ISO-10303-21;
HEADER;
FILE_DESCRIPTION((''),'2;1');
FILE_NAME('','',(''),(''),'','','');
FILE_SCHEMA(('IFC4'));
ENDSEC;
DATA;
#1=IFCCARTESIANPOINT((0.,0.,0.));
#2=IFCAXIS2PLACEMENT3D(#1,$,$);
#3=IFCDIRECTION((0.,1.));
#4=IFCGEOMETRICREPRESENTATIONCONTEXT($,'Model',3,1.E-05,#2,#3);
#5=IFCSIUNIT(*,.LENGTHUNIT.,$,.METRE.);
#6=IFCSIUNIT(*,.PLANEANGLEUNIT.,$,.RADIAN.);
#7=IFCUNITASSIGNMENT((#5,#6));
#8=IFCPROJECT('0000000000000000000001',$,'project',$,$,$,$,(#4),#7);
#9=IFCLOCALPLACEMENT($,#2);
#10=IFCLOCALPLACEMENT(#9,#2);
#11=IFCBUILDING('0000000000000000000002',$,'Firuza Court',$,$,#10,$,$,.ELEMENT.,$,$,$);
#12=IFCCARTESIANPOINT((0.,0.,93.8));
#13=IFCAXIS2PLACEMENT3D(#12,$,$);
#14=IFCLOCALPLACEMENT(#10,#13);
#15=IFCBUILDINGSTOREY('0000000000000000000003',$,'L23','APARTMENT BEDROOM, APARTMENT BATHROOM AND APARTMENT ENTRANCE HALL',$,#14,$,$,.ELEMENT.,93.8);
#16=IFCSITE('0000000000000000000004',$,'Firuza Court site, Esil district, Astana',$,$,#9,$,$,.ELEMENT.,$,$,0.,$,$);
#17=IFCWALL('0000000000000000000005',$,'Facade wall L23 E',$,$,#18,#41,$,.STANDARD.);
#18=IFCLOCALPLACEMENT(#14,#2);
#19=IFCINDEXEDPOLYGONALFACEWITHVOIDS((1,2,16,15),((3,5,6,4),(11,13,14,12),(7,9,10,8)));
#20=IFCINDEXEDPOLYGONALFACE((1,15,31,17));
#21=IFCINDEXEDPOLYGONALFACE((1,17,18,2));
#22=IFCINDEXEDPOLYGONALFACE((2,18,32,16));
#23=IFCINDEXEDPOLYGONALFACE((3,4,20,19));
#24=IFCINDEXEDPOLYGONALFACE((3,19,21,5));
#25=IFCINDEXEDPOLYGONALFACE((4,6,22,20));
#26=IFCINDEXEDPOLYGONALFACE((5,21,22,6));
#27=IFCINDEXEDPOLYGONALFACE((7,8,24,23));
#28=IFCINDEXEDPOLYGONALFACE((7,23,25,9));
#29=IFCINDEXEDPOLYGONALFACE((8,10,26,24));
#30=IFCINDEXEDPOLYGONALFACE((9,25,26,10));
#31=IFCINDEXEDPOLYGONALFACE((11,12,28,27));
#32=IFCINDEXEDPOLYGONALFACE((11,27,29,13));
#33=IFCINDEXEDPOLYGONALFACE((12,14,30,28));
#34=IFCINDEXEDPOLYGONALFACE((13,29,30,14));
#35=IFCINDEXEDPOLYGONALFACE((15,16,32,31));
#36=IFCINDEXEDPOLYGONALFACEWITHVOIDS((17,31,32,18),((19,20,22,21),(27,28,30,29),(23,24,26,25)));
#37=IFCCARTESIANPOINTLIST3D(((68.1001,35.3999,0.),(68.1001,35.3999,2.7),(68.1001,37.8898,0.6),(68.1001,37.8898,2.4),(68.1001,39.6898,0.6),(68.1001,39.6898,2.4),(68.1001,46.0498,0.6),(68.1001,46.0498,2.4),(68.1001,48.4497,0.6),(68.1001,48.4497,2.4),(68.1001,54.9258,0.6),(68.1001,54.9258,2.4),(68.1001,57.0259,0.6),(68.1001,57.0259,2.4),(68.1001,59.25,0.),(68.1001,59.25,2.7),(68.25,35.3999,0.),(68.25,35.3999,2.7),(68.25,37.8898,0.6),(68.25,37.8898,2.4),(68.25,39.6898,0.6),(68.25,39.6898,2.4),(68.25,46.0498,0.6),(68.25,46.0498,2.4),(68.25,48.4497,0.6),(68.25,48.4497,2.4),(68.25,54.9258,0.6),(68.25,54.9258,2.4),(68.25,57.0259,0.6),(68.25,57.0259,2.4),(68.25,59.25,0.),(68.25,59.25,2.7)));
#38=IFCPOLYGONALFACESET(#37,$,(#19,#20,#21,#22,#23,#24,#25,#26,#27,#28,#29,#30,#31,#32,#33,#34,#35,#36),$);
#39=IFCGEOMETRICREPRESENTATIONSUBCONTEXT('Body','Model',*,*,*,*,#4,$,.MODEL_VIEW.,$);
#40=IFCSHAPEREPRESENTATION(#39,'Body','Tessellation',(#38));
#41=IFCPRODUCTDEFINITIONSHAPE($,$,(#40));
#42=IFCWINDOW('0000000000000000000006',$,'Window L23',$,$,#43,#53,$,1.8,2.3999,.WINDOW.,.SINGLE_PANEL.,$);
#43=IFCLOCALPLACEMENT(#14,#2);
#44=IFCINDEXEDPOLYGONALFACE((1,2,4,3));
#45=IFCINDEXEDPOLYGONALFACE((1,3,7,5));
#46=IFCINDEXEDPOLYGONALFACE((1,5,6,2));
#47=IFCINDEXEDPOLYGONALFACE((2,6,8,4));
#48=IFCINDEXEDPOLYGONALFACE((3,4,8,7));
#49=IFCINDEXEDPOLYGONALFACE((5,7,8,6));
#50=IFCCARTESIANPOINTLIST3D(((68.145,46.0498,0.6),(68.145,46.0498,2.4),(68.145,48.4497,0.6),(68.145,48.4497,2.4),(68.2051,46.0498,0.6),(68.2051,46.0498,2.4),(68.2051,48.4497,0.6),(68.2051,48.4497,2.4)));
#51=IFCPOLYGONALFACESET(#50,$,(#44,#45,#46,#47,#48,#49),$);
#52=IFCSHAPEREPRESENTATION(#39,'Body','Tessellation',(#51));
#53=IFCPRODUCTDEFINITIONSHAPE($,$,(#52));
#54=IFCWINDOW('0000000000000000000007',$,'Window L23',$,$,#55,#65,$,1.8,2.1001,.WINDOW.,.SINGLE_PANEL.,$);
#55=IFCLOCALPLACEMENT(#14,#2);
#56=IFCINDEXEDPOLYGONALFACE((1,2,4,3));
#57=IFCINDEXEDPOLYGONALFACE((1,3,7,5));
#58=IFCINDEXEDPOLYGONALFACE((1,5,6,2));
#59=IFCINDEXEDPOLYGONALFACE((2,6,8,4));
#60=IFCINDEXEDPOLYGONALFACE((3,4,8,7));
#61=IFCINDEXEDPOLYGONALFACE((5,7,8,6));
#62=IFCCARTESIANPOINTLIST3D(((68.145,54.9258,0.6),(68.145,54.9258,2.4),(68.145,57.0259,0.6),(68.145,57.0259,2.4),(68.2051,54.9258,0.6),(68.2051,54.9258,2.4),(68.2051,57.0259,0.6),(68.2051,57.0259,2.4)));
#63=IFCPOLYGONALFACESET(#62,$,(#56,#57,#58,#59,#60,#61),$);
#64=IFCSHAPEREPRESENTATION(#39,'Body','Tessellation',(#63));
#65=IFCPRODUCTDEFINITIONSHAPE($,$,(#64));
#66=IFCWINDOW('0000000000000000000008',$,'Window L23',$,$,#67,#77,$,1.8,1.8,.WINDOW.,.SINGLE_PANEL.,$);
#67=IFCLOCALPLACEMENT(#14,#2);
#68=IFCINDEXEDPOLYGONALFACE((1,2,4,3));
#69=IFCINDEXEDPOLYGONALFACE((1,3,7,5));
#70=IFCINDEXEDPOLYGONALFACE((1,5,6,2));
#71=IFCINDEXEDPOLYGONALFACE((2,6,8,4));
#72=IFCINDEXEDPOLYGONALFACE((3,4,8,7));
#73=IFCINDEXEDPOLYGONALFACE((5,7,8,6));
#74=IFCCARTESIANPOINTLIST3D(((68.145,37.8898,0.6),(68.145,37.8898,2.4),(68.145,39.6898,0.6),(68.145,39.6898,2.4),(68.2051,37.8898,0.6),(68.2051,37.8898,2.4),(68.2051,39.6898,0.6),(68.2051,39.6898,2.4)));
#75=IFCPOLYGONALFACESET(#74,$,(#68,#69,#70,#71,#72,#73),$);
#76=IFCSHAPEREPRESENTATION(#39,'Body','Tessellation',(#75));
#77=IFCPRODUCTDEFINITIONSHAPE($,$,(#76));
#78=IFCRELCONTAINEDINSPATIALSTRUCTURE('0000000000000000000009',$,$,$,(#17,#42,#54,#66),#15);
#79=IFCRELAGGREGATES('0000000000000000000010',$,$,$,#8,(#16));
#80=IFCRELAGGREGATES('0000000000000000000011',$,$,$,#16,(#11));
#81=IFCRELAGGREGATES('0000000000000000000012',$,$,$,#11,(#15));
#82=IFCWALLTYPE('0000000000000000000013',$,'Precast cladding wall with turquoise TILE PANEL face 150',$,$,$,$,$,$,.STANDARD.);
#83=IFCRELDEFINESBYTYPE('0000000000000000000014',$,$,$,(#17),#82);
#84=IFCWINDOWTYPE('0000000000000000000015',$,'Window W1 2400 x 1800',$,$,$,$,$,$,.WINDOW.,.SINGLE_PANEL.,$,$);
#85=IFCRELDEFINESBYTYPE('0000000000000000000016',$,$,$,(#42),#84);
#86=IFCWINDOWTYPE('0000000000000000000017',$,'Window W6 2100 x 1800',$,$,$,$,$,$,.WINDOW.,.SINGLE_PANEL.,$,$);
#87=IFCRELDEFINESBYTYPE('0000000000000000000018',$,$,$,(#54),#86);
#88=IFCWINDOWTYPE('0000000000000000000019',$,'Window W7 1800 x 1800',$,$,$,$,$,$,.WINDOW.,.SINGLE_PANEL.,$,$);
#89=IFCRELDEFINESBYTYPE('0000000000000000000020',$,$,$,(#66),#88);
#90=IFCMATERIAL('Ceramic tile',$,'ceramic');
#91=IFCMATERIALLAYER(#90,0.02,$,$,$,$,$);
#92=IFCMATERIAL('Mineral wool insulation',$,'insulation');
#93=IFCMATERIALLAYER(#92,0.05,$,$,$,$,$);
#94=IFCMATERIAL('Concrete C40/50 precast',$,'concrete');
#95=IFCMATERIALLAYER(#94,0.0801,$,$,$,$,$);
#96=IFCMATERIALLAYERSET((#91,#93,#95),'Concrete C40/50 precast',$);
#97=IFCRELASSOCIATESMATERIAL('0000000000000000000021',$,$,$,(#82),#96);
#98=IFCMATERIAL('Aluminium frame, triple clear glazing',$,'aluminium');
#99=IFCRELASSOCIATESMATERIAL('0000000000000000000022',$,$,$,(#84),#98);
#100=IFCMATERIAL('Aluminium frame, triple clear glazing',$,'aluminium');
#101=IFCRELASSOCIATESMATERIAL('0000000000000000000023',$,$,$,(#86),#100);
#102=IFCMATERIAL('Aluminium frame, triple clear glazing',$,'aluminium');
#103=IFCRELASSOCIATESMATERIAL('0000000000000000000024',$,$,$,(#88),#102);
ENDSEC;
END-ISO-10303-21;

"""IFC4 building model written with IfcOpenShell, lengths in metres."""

from ifc_helpers import new_model, si_unit, direction, frame, frame_2d, origin, place, context, subcontext, project, spatial, rectangle, extrude, material, layer, layer_set, type_object, element, fill, save


model = new_model("IFC4")

# Units and contexts
model_context = context("Model", 3, precision=1e-05, world=origin(), true_north=direction((0.0, 1.0)))
body_context = subcontext(model_context, "Body", "Model", "MODEL_VIEW")
ifc_project = project(units=[si_unit("LENGTHUNIT", "METRE"), si_unit("PLANEANGLEUNIT", "RADIAN")], contexts=[model_context])

# Site, building, storey
site_placement = place(None, origin())
site = spatial("IfcSite", under=ifc_project, at=site_placement, Name="Firuza Court site, Esil district, Astana", CompositionType="ELEMENT", RefElevation=0.0)
building_placement = place(site_placement, origin())
building = spatial("IfcBuilding", under=site, at=building_placement, Name="Firuza Court", CompositionType="ELEMENT")
storey_placement = place(building_placement, frame((0.0, 0.0, 93.8)))
storey = spatial("IfcBuildingStorey", under=building, at=storey_placement, Name="L23", Description="APARTMENT BEDROOM, APARTMENT BATHROOM AND APARTMENT ENTRANCE HALL", CompositionType="ELEMENT", Elevation=93.8)

# Wall, openings, windows
ifc_material_1 = material(Name="Ceramic tile", Category="ceramic")
ifc_layer_1 = layer(ifc_material_1, 0.02)
ifc_material_2 = material(Name="Mineral wool insulation", Category="insulation")
ifc_layer_2 = layer(ifc_material_2, 0.05)
ifc_material_3 = material(Name="Concrete C40/50 precast", Category="concrete")
ifc_layer_3 = layer(ifc_material_3, 0.0801)
ifc_layer_set_1 = layer_set([ifc_layer_1, ifc_layer_2, ifc_layer_3], Name="Concrete C40/50 precast")
wall_type_1 = type_object("IfcWallType", Name="Precast cladding wall with turquoise TILE PANEL face 150", PredefinedType="STANDARD", material=ifc_layer_set_1)
wall_1_placement = place(storey_placement, frame((68.175, 35.3999, 0.0), z_axis=(0.0, 0.0, 1.0), x_axis=(0.0, 1.0, 0.0)))
wall_1 = element("IfcWall", 1, at=wall_1_placement, inside=storey, type_object=wall_type_1, Name="Facade wall L23 E", PredefinedType="STANDARD", context=body_context, shape_type="SweptSolid", body=[
    extrude(rectangle(XDim=23.8501, YDim=0.1499, at=frame_2d((11.925, 0.0))), origin(), (0.0, 0.0, 1.0), 2.7),
])
opening_1_placement = place(wall_1_placement, frame((2.49, 0.0, 0.6001)))
opening_1 = element("IfcOpeningElement", 2, at=opening_1_placement, cuts=wall_1, PredefinedType="OPENING", context=body_context, shape_type="SweptSolid", body=[
    extrude(rectangle(XDim=1.8, YDim=1.8, at=frame_2d((0.8999, 0.8999))), frame((0.0, 0.0869, 0.0), z_axis=(0.0, -1.0, 0.0), x_axis=(1.0, 0.0, 0.0)), (0.0, 0.0, 1.0), 0.1738),
])
opening_2_placement = place(wall_1_placement, frame((10.6499, 0.0, 0.6001)))
opening_2 = element("IfcOpeningElement", 3, at=opening_2_placement, cuts=wall_1, PredefinedType="OPENING", context=body_context, shape_type="SweptSolid", body=[
    extrude(rectangle(XDim=2.3999, YDim=1.8, at=frame_2d((1.2, 0.8999))), frame((0.0, 0.0869, 0.0), z_axis=(0.0, -1.0, 0.0), x_axis=(1.0, 0.0, 0.0)), (0.0, 0.0, 1.0), 0.1738),
])
opening_3_placement = place(wall_1_placement, frame((19.5259, 0.0, 0.6001)))
opening_3 = element("IfcOpeningElement", 4, at=opening_3_placement, cuts=wall_1, PredefinedType="OPENING", context=body_context, shape_type="SweptSolid", body=[
    extrude(rectangle(XDim=2.1001, YDim=1.8, at=frame_2d((1.05, 0.8999))), frame((0.0, 0.0869, 0.0), z_axis=(0.0, -1.0, 0.0), x_axis=(1.0, 0.0, 0.0)), (0.0, 0.0, 1.0), 0.1738),
])
ifc_material_4 = material(Name="Aluminium frame, triple clear glazing", Category="aluminium")
window_type_1 = type_object("IfcWindowType", Name="Window W1 2400 x 1800", PartitioningType="SINGLE_PANEL", PredefinedType="WINDOW", material=ifc_material_4)
window_1_placement = place(opening_2_placement, origin())
window_1 = element("IfcWindow", 5, at=window_1_placement, inside=storey, type_object=window_type_1, Name="Window L23", OverallHeight=1.8, OverallWidth=2.3999, PartitioningType="SINGLE_PANEL", PredefinedType="WINDOW", context=body_context, shape_type="SweptSolid", body=[
    extrude(rectangle(XDim=2.3999, YDim=1.8, at=frame_2d((1.2, 0.8999))), frame((0.0, 0.03, 0.0), z_axis=(0.0, -1.0, 0.0), x_axis=(1.0, 0.0, 0.0)), (0.0, 0.0, 1.0), 0.0601),
])
fill(opening_2, window_1)
ifc_material_5 = material(Name="Aluminium frame, triple clear glazing", Category="aluminium")
window_type_2 = type_object("IfcWindowType", Name="Window W6 2100 x 1800", PartitioningType="SINGLE_PANEL", PredefinedType="WINDOW", material=ifc_material_5)
window_2_placement = place(opening_3_placement, origin())
window_2 = element("IfcWindow", 6, at=window_2_placement, inside=storey, type_object=window_type_2, Name="Window L23", OverallHeight=1.8, OverallWidth=2.1001, PartitioningType="SINGLE_PANEL", PredefinedType="WINDOW", context=body_context, shape_type="SweptSolid", body=[
    extrude(rectangle(XDim=2.1001, YDim=1.8, at=frame_2d((1.05, 0.8999))), frame((0.0, 0.03, 0.0), z_axis=(0.0, -1.0, 0.0), x_axis=(1.0, 0.0, 0.0)), (0.0, 0.0, 1.0), 0.0601),
])
fill(opening_3, window_2)
ifc_material_6 = material(Name="Aluminium frame, triple clear glazing", Category="aluminium")
window_type_3 = type_object("IfcWindowType", Name="Window W7 1800 x 1800", PartitioningType="SINGLE_PANEL", PredefinedType="WINDOW", material=ifc_material_6)
window_3_placement = place(opening_1_placement, origin())
window_3 = element("IfcWindow", 7, at=window_3_placement, inside=storey, type_object=window_type_3, Name="Window L23", OverallHeight=1.8, OverallWidth=1.8, PartitioningType="SINGLE_PANEL", PredefinedType="WINDOW", context=body_context, shape_type="SweptSolid", body=[
    extrude(rectangle(XDim=1.8, YDim=1.8, at=frame_2d((0.8999, 0.8999))), frame((0.0, 0.03, 0.0), z_axis=(0.0, -1.0, 0.0), x_axis=(1.0, 0.0, 0.0)), (0.0, 0.0, 1.0), 0.0601),
])
fill(opening_1, window_3)

save(model, "model.ifc")
